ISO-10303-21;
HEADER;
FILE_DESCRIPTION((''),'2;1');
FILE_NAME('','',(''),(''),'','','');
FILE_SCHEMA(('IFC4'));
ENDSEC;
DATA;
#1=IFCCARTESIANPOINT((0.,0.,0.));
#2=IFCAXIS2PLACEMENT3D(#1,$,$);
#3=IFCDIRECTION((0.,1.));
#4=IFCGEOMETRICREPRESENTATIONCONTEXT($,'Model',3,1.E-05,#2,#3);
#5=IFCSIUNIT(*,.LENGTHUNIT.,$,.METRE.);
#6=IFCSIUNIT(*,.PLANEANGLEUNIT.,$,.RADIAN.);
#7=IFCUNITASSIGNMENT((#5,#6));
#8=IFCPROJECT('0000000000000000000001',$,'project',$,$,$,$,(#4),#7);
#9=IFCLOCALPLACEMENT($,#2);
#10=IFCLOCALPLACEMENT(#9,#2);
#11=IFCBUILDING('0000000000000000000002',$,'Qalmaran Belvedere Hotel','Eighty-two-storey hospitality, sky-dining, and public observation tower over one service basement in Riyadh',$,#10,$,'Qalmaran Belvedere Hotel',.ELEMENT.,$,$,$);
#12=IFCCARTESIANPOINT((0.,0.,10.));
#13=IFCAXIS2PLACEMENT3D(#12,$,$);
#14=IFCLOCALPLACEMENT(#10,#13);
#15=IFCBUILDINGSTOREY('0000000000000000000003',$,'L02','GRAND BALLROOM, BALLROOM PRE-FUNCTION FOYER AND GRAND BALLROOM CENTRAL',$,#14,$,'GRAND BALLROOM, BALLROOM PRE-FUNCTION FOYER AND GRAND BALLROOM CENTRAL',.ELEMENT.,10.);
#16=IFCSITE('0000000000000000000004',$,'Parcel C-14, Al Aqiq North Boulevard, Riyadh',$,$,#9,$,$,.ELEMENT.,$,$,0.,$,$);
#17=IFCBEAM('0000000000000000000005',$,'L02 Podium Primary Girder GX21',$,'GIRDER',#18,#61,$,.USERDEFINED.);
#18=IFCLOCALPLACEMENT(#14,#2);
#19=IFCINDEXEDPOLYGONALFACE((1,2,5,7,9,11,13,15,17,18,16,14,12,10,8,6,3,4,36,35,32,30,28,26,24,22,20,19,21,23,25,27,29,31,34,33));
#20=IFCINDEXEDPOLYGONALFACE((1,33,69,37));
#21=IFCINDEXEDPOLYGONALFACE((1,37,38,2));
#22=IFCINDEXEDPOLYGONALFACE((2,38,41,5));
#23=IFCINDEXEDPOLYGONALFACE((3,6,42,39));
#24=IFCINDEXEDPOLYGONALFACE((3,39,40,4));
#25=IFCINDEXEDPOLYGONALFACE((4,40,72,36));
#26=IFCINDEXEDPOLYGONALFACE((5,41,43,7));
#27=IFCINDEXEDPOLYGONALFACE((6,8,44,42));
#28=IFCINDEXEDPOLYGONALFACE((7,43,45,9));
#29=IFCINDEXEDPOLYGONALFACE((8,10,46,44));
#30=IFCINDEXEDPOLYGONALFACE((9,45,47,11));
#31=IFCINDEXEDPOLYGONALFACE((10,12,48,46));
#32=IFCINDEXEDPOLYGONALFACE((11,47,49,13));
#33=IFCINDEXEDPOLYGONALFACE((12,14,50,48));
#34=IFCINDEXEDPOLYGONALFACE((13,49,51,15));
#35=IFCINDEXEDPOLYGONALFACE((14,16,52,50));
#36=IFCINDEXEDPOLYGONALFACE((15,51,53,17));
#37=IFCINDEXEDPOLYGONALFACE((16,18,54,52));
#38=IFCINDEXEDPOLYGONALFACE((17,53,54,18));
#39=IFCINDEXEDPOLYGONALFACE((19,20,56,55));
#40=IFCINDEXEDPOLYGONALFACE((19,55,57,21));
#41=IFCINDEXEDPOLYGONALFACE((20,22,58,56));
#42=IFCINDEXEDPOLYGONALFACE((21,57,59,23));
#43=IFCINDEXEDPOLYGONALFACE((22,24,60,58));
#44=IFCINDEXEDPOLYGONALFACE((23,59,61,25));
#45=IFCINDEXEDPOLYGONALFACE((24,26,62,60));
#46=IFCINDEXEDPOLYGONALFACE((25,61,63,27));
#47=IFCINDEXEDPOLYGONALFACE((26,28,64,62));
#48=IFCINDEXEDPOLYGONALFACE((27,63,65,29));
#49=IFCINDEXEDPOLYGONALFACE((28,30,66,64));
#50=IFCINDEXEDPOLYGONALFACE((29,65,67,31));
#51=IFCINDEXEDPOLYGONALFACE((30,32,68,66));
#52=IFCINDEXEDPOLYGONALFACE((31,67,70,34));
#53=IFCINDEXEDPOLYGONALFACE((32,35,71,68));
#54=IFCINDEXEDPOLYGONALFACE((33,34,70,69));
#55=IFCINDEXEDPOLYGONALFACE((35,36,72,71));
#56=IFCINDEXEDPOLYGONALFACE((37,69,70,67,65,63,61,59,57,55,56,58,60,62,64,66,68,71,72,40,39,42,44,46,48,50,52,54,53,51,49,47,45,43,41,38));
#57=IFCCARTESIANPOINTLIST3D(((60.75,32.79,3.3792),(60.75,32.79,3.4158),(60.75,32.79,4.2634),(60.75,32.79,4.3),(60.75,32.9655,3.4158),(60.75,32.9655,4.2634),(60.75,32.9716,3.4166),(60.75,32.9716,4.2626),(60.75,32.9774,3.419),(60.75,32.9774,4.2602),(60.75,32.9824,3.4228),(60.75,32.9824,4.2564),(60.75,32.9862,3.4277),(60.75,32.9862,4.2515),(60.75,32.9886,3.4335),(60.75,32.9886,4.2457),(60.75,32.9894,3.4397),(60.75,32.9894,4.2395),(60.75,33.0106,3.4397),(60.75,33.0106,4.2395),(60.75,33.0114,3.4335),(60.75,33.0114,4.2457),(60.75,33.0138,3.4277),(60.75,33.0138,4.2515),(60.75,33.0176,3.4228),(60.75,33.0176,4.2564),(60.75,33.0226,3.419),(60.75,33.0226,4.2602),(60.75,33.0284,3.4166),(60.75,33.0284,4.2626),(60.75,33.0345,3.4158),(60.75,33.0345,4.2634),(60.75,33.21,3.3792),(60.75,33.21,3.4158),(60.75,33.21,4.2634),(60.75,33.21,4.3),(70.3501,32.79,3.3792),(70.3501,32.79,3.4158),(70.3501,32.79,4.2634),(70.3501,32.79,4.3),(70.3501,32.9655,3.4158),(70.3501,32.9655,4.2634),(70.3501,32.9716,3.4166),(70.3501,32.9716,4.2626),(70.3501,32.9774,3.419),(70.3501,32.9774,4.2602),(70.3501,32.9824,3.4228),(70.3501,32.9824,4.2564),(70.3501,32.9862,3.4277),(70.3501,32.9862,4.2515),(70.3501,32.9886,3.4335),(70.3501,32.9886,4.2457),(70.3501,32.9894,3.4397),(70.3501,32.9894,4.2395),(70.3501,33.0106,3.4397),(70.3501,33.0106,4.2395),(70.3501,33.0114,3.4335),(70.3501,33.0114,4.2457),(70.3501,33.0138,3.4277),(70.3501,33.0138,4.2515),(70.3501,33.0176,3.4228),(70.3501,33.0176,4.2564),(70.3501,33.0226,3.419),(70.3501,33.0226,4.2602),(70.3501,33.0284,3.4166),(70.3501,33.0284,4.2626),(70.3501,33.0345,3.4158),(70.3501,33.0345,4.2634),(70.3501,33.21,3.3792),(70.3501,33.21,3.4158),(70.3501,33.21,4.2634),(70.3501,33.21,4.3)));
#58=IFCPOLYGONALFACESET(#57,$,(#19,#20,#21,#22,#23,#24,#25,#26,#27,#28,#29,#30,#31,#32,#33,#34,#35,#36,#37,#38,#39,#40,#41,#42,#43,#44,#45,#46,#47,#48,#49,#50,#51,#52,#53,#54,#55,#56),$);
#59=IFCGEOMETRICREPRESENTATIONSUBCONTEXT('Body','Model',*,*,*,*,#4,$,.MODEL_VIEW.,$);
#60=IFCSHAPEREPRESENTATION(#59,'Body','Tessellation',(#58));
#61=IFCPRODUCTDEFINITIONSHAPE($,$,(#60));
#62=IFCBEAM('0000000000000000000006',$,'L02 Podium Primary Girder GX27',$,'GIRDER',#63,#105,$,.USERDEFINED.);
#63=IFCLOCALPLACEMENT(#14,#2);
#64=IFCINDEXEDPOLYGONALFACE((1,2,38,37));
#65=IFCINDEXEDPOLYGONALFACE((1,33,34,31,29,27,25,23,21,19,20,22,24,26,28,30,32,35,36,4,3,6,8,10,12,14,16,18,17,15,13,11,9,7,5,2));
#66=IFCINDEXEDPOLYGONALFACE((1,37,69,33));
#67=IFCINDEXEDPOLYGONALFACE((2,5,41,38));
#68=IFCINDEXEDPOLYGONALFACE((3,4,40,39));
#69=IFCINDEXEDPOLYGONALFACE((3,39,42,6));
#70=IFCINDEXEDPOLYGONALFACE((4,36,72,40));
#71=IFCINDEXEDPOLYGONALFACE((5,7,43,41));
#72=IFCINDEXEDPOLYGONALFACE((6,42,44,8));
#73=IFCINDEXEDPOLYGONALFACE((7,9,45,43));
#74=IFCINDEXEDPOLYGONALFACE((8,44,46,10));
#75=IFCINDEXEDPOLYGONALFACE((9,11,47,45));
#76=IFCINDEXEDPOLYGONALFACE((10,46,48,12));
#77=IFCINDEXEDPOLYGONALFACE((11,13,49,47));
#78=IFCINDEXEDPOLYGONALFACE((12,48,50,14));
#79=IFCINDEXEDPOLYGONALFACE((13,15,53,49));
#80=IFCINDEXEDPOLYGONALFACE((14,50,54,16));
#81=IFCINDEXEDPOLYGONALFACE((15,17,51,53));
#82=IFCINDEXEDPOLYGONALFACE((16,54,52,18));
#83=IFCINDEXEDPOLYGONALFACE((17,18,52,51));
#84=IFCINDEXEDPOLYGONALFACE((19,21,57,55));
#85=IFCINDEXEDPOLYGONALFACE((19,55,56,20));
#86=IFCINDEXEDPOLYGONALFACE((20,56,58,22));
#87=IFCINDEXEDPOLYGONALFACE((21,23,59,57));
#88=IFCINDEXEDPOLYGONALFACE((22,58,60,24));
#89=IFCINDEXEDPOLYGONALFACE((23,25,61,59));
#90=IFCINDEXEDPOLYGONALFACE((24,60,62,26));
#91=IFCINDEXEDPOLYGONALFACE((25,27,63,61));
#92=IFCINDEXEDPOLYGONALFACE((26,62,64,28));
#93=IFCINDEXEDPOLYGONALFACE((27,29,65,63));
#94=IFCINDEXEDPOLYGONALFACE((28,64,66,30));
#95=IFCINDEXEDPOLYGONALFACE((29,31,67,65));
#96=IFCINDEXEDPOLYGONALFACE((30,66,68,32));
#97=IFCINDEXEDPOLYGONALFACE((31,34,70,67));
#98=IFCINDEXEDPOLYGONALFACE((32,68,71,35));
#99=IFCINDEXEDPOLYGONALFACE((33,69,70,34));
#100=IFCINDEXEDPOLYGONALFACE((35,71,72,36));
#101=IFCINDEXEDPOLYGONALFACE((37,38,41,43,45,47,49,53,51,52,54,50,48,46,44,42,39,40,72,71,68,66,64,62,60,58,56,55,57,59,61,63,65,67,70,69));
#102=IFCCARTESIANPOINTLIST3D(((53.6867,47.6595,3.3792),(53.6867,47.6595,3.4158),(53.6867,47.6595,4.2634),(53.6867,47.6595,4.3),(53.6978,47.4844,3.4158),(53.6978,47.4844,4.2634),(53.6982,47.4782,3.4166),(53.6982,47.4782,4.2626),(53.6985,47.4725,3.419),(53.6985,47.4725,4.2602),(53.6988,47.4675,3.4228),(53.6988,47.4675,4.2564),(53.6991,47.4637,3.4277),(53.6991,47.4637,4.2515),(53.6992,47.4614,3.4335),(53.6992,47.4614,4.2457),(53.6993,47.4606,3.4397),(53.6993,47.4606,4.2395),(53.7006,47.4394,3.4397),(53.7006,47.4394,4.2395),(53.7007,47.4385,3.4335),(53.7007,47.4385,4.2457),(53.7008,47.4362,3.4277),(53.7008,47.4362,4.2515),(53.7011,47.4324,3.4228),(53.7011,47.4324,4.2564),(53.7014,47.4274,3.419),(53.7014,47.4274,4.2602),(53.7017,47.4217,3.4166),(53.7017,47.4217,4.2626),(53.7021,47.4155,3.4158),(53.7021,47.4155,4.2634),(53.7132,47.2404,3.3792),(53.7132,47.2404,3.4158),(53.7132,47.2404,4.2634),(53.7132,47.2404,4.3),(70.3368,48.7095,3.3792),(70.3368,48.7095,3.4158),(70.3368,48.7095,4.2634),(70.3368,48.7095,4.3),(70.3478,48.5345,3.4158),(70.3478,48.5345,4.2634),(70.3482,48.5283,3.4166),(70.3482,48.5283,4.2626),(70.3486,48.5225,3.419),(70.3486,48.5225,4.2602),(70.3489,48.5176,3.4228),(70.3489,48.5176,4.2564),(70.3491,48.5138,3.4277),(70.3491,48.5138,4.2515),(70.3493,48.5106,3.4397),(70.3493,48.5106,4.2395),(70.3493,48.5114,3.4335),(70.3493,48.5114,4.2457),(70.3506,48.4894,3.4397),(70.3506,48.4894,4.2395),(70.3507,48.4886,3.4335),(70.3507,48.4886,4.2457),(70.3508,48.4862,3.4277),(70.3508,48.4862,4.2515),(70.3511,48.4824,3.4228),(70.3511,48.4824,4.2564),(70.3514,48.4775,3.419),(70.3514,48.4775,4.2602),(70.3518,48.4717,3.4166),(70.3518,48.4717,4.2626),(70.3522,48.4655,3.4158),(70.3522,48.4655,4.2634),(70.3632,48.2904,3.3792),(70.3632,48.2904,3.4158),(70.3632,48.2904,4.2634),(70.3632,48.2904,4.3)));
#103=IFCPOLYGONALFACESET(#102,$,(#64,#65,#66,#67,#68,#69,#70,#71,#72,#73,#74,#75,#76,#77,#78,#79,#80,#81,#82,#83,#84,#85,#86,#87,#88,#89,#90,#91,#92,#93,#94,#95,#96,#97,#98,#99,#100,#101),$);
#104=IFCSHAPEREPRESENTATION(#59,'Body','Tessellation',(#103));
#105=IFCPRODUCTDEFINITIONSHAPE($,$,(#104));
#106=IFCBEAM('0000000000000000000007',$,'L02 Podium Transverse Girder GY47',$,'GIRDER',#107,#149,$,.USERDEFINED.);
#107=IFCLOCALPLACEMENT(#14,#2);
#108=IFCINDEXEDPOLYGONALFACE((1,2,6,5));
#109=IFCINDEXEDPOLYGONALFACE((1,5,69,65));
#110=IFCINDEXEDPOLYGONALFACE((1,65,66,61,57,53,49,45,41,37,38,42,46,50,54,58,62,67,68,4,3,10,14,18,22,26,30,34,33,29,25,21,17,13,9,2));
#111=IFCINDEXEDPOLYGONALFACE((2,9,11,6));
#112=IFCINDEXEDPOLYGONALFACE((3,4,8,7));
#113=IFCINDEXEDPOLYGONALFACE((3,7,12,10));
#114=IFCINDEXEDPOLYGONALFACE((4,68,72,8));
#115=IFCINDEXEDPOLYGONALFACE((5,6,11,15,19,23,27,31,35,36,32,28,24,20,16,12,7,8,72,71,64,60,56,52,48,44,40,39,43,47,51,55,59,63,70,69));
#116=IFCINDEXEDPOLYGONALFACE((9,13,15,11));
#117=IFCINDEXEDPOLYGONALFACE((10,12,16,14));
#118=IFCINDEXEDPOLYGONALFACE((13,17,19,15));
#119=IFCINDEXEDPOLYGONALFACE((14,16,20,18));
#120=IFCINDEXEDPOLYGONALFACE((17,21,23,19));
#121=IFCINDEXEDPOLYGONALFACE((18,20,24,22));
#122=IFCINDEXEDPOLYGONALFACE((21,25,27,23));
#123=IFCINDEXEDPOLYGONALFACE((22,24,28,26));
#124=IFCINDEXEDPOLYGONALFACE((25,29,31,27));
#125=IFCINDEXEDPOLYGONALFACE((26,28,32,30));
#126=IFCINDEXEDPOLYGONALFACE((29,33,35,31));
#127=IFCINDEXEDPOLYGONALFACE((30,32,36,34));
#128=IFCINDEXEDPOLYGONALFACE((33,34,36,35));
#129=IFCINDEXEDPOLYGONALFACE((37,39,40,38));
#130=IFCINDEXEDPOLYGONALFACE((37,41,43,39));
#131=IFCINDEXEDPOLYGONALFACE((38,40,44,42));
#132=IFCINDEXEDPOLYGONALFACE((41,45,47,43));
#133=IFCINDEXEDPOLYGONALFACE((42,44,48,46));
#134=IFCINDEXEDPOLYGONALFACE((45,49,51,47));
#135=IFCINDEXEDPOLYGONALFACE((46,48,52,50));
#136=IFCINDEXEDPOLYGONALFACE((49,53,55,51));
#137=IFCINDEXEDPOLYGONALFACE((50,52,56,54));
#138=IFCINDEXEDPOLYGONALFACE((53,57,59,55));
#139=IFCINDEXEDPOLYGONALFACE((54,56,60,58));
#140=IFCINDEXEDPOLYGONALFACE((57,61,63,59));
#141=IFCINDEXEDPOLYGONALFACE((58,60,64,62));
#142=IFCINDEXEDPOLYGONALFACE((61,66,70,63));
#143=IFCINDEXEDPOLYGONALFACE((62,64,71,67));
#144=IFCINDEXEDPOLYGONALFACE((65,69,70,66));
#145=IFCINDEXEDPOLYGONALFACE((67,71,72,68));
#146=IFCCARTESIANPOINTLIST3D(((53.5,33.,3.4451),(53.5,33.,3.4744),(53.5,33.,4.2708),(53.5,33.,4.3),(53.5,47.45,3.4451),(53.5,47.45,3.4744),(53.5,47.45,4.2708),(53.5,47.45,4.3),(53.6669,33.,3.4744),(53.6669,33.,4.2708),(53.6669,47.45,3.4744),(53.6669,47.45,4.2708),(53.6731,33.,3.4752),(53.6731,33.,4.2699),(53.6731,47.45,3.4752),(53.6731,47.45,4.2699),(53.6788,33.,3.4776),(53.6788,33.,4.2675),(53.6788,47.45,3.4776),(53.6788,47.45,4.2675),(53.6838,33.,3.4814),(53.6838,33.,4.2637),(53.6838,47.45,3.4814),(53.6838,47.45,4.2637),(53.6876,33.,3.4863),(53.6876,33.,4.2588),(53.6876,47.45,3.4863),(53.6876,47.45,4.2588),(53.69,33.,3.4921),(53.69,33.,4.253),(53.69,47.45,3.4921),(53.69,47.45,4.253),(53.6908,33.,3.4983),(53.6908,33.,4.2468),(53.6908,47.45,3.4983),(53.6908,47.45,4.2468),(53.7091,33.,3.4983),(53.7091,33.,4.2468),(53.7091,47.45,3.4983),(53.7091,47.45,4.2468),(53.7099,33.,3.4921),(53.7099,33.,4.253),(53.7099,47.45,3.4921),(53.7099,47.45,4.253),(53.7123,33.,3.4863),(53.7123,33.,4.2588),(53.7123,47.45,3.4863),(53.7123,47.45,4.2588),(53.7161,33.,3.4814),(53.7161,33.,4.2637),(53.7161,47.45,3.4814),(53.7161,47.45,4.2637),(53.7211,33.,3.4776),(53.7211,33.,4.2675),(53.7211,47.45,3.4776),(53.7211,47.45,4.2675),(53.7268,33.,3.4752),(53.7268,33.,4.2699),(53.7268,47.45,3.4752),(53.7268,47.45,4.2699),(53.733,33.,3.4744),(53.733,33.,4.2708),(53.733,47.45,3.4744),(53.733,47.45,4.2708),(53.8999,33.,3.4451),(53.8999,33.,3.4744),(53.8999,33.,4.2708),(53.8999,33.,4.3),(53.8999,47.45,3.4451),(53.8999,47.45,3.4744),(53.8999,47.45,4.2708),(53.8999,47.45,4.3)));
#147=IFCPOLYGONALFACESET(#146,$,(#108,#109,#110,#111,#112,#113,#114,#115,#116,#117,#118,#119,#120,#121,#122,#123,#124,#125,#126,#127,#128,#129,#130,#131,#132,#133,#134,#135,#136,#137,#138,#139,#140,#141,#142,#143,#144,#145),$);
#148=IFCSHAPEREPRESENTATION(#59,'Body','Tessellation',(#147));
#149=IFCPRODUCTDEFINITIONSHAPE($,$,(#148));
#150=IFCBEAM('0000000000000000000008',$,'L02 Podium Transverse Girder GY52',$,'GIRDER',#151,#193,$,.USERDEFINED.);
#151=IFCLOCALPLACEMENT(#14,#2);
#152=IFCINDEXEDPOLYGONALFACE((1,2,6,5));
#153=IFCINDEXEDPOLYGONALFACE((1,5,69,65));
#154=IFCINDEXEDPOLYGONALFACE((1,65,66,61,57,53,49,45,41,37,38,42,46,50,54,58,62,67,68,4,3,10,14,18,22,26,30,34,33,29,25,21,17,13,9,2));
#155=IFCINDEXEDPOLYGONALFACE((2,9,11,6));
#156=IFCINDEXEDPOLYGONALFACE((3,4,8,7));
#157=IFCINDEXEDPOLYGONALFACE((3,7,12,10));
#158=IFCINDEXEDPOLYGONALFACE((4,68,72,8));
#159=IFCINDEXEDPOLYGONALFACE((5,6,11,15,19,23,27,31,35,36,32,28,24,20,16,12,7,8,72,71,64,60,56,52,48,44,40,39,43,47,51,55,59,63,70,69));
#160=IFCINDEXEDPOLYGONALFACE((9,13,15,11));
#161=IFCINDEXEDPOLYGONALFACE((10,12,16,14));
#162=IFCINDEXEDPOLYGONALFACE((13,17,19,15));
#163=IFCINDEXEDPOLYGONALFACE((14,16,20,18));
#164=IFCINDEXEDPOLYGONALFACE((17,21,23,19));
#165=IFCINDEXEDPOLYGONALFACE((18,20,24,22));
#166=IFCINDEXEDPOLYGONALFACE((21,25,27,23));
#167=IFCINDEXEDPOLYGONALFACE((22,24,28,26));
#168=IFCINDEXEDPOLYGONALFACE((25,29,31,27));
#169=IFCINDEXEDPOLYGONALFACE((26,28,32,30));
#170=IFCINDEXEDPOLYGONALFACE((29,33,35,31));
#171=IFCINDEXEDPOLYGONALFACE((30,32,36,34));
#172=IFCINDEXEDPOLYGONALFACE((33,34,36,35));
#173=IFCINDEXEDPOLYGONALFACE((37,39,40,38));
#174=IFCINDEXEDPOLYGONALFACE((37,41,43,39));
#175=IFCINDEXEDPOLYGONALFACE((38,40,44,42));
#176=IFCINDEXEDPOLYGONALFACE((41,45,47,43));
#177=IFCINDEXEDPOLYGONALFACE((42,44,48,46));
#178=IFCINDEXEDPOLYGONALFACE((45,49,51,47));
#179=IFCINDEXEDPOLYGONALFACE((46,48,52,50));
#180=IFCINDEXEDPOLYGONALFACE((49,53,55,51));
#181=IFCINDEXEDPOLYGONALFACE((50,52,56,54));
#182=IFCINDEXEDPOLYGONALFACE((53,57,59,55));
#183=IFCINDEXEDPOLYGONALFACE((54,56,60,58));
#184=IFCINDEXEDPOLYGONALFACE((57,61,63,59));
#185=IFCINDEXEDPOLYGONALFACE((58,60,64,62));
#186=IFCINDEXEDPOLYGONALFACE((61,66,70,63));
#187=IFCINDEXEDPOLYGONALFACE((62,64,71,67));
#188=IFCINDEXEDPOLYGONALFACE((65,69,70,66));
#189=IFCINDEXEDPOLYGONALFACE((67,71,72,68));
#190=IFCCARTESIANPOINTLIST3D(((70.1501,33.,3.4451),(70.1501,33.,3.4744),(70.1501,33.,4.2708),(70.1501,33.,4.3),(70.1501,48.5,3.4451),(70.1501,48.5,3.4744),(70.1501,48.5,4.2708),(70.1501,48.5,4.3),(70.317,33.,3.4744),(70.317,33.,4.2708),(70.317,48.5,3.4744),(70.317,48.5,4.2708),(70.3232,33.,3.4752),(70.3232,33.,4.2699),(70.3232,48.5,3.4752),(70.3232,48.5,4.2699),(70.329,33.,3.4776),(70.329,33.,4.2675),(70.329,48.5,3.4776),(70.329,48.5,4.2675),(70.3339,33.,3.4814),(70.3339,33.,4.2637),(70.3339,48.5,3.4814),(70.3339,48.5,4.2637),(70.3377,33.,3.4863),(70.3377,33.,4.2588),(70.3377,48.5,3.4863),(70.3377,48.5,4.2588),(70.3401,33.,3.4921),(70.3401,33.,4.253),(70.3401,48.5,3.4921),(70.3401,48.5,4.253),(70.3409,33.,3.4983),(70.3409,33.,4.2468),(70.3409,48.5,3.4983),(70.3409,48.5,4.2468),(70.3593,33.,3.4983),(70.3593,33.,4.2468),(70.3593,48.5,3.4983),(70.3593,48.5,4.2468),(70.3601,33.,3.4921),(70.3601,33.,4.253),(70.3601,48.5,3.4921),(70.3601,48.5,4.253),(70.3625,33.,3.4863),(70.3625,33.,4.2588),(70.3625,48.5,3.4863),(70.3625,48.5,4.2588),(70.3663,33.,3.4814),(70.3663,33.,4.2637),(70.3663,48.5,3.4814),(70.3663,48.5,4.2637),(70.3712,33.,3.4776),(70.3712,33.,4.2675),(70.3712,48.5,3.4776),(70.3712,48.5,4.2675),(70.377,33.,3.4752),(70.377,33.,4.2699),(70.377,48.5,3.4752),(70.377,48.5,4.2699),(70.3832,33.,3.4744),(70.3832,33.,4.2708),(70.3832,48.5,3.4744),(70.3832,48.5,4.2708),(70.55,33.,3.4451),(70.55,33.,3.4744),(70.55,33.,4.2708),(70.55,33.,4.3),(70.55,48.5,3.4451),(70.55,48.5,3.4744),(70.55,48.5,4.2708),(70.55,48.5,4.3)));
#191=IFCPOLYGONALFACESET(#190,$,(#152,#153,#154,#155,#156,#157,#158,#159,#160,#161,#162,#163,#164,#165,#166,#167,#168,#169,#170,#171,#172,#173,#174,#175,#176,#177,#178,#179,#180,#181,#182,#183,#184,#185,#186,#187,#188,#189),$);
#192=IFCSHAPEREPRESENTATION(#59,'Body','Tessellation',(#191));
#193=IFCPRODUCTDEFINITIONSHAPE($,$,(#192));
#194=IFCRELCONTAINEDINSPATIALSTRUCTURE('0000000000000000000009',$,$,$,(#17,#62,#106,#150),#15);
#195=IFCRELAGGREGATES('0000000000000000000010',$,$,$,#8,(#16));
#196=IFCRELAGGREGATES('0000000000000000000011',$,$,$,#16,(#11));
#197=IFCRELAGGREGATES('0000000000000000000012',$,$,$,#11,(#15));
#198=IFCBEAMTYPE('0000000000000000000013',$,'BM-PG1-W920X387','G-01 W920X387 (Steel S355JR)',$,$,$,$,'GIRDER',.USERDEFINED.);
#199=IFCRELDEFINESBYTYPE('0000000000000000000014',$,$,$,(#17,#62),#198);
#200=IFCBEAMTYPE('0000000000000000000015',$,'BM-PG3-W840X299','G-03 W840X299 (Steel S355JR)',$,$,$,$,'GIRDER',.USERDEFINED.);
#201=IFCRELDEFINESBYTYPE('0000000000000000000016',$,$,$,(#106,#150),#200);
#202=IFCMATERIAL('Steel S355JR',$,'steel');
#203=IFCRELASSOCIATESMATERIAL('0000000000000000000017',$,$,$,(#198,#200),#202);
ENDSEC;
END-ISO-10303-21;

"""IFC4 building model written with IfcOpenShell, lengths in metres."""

from ifc_helpers import new_model, si_unit, direction, frame, origin, origin_2d, place, context, subcontext, project, spatial, i_section, extrude, material, material_profile, profile_set, type_object, element, save


model = new_model("IFC4")

# Units and contexts
model_context = context("Model", 3, precision=1e-05, world=origin(), true_north=direction((0.0, 1.0)))
body_context = subcontext(model_context, "Body", "Model", "MODEL_VIEW")
ifc_project = project(units=[si_unit("LENGTHUNIT", "METRE"), si_unit("PLANEANGLEUNIT", "RADIAN")], contexts=[model_context])

# Site, building, storey
site_placement = place(None, origin())
site = spatial("IfcSite", under=ifc_project, at=site_placement, Name="Parcel C-14, Al Aqiq North Boulevard, Riyadh", CompositionType="ELEMENT", RefElevation=0.0)
building_placement = place(site_placement, origin())
building = spatial("IfcBuilding", under=site, at=building_placement, Name="Qalmaran Belvedere Hotel", Description="Eighty-two-storey hospitality, sky-dining, and public observation tower over one service basement in Riyadh", LongName="Qalmaran Belvedere Hotel", CompositionType="ELEMENT")
storey_placement = place(building_placement, frame((0.0, 0.0, 10.0)))
storey = spatial("IfcBuildingStorey", under=building, at=storey_placement, Name="L02", Description="GRAND BALLROOM, BALLROOM PRE-FUNCTION FOYER AND GRAND BALLROOM CENTRAL", LongName="GRAND BALLROOM, BALLROOM PRE-FUNCTION FOYER AND GRAND BALLROOM CENTRAL", CompositionType="ELEMENT", Elevation=10.0)

# Beams
ifc_material_1 = material(Name="Steel S355JR", Category="steel")
ifc_material_profile_1 = material_profile(ifc_material_1, i_section(OverallWidth=0.4199, OverallDepth=0.9209, WebThickness=0.0212, FlangeThickness=0.0366, FilletRadius=0.0239, at=origin_2d()), Name="W920X387")
ifc_profile_set_1 = profile_set([ifc_material_profile_1], Name="Steel S355JR")
beam_type_1 = type_object("IfcBeamType", Name="BM-PG1-W920X387", Description="G-01 W920X387 (Steel S355JR)", ElementType="GIRDER", PredefinedType="USERDEFINED", material=ifc_profile_set_1)
beam_1_placement = place(storey_placement, frame((60.75, 33.0, 3.8396), z_axis=(1.0, 0.0, 0.0), x_axis=(0.0, 1.0, 0.0)))
element("IfcBeam", 1, at=beam_1_placement, inside=storey, type_object=beam_type_1, Name="L02 Podium Primary Girder GX21", ObjectType="GIRDER", PredefinedType="USERDEFINED", context=body_context, shape_type="SweptSolid", body=[
    extrude(i_section(OverallWidth=0.4199, OverallDepth=0.9209, WebThickness=0.0212, FlangeThickness=0.0366, FilletRadius=0.0239, at=origin_2d()), origin(), (0.0, 0.0, 1.0), 9.6001),
])
beam_2_placement = place(storey_placement, frame((53.7, 47.45, 3.8396), z_axis=(0.998017, 0.06294, 0.0), x_axis=(-0.06294, 0.998017, 0.0)))
element("IfcBeam", 2, at=beam_2_placement, inside=storey, type_object=beam_type_1, Name="L02 Podium Primary Girder GX27", ObjectType="GIRDER", PredefinedType="USERDEFINED", context=body_context, shape_type="SweptSolid", body=[
    extrude(i_section(OverallWidth=0.4199, OverallDepth=0.9209, WebThickness=0.0212, FlangeThickness=0.0366, FilletRadius=0.0239, at=origin_2d()), origin(), (0.0, 0.0, 1.0), 16.6831),
])
ifc_material_profile_2 = material_profile(ifc_material_1, i_section(OverallWidth=0.3999, OverallDepth=0.855, WebThickness=0.0183, FlangeThickness=0.0293, FilletRadius=0.0239, at=origin_2d()), Name="W840X299")
ifc_profile_set_2 = profile_set([ifc_material_profile_2], Name="Steel S355JR")
beam_type_2 = type_object("IfcBeamType", Name="BM-PG3-W840X299", Description="G-03 W840X299 (Steel S355JR)", ElementType="GIRDER", PredefinedType="USERDEFINED", material=ifc_profile_set_2)
beam_3_placement = place(storey_placement, frame((53.7, 33.0, 3.8726), z_axis=(0.0, 1.0, 0.0), x_axis=(-1.0, 0.0, 0.0)))
element("IfcBeam", 3, at=beam_3_placement, inside=storey, type_object=beam_type_2, Name="L02 Podium Transverse Girder GY47", ObjectType="GIRDER", PredefinedType="USERDEFINED", context=body_context, shape_type="SweptSolid", body=[
    extrude(i_section(OverallWidth=0.3999, OverallDepth=0.855, WebThickness=0.0183, FlangeThickness=0.0293, FilletRadius=0.0239, at=origin_2d()), origin(), (0.0, 0.0, 1.0), 14.45),
])
beam_4_placement = place(storey_placement, frame((70.3501, 33.0, 3.8726), z_axis=(0.0, 1.0, 0.0), x_axis=(-1.0, 0.0, 0.0)))
element("IfcBeam", 4, at=beam_4_placement, inside=storey, type_object=beam_type_2, Name="L02 Podium Transverse Girder GY52", ObjectType="GIRDER", PredefinedType="USERDEFINED", context=body_context, shape_type="SweptSolid", body=[
    extrude(i_section(OverallWidth=0.3999, OverallDepth=0.855, WebThickness=0.0183, FlangeThickness=0.0293, FilletRadius=0.0239, at=origin_2d()), origin(), (0.0, 0.0, 1.0), 15.5),
])

save(model, "model.ifc")
